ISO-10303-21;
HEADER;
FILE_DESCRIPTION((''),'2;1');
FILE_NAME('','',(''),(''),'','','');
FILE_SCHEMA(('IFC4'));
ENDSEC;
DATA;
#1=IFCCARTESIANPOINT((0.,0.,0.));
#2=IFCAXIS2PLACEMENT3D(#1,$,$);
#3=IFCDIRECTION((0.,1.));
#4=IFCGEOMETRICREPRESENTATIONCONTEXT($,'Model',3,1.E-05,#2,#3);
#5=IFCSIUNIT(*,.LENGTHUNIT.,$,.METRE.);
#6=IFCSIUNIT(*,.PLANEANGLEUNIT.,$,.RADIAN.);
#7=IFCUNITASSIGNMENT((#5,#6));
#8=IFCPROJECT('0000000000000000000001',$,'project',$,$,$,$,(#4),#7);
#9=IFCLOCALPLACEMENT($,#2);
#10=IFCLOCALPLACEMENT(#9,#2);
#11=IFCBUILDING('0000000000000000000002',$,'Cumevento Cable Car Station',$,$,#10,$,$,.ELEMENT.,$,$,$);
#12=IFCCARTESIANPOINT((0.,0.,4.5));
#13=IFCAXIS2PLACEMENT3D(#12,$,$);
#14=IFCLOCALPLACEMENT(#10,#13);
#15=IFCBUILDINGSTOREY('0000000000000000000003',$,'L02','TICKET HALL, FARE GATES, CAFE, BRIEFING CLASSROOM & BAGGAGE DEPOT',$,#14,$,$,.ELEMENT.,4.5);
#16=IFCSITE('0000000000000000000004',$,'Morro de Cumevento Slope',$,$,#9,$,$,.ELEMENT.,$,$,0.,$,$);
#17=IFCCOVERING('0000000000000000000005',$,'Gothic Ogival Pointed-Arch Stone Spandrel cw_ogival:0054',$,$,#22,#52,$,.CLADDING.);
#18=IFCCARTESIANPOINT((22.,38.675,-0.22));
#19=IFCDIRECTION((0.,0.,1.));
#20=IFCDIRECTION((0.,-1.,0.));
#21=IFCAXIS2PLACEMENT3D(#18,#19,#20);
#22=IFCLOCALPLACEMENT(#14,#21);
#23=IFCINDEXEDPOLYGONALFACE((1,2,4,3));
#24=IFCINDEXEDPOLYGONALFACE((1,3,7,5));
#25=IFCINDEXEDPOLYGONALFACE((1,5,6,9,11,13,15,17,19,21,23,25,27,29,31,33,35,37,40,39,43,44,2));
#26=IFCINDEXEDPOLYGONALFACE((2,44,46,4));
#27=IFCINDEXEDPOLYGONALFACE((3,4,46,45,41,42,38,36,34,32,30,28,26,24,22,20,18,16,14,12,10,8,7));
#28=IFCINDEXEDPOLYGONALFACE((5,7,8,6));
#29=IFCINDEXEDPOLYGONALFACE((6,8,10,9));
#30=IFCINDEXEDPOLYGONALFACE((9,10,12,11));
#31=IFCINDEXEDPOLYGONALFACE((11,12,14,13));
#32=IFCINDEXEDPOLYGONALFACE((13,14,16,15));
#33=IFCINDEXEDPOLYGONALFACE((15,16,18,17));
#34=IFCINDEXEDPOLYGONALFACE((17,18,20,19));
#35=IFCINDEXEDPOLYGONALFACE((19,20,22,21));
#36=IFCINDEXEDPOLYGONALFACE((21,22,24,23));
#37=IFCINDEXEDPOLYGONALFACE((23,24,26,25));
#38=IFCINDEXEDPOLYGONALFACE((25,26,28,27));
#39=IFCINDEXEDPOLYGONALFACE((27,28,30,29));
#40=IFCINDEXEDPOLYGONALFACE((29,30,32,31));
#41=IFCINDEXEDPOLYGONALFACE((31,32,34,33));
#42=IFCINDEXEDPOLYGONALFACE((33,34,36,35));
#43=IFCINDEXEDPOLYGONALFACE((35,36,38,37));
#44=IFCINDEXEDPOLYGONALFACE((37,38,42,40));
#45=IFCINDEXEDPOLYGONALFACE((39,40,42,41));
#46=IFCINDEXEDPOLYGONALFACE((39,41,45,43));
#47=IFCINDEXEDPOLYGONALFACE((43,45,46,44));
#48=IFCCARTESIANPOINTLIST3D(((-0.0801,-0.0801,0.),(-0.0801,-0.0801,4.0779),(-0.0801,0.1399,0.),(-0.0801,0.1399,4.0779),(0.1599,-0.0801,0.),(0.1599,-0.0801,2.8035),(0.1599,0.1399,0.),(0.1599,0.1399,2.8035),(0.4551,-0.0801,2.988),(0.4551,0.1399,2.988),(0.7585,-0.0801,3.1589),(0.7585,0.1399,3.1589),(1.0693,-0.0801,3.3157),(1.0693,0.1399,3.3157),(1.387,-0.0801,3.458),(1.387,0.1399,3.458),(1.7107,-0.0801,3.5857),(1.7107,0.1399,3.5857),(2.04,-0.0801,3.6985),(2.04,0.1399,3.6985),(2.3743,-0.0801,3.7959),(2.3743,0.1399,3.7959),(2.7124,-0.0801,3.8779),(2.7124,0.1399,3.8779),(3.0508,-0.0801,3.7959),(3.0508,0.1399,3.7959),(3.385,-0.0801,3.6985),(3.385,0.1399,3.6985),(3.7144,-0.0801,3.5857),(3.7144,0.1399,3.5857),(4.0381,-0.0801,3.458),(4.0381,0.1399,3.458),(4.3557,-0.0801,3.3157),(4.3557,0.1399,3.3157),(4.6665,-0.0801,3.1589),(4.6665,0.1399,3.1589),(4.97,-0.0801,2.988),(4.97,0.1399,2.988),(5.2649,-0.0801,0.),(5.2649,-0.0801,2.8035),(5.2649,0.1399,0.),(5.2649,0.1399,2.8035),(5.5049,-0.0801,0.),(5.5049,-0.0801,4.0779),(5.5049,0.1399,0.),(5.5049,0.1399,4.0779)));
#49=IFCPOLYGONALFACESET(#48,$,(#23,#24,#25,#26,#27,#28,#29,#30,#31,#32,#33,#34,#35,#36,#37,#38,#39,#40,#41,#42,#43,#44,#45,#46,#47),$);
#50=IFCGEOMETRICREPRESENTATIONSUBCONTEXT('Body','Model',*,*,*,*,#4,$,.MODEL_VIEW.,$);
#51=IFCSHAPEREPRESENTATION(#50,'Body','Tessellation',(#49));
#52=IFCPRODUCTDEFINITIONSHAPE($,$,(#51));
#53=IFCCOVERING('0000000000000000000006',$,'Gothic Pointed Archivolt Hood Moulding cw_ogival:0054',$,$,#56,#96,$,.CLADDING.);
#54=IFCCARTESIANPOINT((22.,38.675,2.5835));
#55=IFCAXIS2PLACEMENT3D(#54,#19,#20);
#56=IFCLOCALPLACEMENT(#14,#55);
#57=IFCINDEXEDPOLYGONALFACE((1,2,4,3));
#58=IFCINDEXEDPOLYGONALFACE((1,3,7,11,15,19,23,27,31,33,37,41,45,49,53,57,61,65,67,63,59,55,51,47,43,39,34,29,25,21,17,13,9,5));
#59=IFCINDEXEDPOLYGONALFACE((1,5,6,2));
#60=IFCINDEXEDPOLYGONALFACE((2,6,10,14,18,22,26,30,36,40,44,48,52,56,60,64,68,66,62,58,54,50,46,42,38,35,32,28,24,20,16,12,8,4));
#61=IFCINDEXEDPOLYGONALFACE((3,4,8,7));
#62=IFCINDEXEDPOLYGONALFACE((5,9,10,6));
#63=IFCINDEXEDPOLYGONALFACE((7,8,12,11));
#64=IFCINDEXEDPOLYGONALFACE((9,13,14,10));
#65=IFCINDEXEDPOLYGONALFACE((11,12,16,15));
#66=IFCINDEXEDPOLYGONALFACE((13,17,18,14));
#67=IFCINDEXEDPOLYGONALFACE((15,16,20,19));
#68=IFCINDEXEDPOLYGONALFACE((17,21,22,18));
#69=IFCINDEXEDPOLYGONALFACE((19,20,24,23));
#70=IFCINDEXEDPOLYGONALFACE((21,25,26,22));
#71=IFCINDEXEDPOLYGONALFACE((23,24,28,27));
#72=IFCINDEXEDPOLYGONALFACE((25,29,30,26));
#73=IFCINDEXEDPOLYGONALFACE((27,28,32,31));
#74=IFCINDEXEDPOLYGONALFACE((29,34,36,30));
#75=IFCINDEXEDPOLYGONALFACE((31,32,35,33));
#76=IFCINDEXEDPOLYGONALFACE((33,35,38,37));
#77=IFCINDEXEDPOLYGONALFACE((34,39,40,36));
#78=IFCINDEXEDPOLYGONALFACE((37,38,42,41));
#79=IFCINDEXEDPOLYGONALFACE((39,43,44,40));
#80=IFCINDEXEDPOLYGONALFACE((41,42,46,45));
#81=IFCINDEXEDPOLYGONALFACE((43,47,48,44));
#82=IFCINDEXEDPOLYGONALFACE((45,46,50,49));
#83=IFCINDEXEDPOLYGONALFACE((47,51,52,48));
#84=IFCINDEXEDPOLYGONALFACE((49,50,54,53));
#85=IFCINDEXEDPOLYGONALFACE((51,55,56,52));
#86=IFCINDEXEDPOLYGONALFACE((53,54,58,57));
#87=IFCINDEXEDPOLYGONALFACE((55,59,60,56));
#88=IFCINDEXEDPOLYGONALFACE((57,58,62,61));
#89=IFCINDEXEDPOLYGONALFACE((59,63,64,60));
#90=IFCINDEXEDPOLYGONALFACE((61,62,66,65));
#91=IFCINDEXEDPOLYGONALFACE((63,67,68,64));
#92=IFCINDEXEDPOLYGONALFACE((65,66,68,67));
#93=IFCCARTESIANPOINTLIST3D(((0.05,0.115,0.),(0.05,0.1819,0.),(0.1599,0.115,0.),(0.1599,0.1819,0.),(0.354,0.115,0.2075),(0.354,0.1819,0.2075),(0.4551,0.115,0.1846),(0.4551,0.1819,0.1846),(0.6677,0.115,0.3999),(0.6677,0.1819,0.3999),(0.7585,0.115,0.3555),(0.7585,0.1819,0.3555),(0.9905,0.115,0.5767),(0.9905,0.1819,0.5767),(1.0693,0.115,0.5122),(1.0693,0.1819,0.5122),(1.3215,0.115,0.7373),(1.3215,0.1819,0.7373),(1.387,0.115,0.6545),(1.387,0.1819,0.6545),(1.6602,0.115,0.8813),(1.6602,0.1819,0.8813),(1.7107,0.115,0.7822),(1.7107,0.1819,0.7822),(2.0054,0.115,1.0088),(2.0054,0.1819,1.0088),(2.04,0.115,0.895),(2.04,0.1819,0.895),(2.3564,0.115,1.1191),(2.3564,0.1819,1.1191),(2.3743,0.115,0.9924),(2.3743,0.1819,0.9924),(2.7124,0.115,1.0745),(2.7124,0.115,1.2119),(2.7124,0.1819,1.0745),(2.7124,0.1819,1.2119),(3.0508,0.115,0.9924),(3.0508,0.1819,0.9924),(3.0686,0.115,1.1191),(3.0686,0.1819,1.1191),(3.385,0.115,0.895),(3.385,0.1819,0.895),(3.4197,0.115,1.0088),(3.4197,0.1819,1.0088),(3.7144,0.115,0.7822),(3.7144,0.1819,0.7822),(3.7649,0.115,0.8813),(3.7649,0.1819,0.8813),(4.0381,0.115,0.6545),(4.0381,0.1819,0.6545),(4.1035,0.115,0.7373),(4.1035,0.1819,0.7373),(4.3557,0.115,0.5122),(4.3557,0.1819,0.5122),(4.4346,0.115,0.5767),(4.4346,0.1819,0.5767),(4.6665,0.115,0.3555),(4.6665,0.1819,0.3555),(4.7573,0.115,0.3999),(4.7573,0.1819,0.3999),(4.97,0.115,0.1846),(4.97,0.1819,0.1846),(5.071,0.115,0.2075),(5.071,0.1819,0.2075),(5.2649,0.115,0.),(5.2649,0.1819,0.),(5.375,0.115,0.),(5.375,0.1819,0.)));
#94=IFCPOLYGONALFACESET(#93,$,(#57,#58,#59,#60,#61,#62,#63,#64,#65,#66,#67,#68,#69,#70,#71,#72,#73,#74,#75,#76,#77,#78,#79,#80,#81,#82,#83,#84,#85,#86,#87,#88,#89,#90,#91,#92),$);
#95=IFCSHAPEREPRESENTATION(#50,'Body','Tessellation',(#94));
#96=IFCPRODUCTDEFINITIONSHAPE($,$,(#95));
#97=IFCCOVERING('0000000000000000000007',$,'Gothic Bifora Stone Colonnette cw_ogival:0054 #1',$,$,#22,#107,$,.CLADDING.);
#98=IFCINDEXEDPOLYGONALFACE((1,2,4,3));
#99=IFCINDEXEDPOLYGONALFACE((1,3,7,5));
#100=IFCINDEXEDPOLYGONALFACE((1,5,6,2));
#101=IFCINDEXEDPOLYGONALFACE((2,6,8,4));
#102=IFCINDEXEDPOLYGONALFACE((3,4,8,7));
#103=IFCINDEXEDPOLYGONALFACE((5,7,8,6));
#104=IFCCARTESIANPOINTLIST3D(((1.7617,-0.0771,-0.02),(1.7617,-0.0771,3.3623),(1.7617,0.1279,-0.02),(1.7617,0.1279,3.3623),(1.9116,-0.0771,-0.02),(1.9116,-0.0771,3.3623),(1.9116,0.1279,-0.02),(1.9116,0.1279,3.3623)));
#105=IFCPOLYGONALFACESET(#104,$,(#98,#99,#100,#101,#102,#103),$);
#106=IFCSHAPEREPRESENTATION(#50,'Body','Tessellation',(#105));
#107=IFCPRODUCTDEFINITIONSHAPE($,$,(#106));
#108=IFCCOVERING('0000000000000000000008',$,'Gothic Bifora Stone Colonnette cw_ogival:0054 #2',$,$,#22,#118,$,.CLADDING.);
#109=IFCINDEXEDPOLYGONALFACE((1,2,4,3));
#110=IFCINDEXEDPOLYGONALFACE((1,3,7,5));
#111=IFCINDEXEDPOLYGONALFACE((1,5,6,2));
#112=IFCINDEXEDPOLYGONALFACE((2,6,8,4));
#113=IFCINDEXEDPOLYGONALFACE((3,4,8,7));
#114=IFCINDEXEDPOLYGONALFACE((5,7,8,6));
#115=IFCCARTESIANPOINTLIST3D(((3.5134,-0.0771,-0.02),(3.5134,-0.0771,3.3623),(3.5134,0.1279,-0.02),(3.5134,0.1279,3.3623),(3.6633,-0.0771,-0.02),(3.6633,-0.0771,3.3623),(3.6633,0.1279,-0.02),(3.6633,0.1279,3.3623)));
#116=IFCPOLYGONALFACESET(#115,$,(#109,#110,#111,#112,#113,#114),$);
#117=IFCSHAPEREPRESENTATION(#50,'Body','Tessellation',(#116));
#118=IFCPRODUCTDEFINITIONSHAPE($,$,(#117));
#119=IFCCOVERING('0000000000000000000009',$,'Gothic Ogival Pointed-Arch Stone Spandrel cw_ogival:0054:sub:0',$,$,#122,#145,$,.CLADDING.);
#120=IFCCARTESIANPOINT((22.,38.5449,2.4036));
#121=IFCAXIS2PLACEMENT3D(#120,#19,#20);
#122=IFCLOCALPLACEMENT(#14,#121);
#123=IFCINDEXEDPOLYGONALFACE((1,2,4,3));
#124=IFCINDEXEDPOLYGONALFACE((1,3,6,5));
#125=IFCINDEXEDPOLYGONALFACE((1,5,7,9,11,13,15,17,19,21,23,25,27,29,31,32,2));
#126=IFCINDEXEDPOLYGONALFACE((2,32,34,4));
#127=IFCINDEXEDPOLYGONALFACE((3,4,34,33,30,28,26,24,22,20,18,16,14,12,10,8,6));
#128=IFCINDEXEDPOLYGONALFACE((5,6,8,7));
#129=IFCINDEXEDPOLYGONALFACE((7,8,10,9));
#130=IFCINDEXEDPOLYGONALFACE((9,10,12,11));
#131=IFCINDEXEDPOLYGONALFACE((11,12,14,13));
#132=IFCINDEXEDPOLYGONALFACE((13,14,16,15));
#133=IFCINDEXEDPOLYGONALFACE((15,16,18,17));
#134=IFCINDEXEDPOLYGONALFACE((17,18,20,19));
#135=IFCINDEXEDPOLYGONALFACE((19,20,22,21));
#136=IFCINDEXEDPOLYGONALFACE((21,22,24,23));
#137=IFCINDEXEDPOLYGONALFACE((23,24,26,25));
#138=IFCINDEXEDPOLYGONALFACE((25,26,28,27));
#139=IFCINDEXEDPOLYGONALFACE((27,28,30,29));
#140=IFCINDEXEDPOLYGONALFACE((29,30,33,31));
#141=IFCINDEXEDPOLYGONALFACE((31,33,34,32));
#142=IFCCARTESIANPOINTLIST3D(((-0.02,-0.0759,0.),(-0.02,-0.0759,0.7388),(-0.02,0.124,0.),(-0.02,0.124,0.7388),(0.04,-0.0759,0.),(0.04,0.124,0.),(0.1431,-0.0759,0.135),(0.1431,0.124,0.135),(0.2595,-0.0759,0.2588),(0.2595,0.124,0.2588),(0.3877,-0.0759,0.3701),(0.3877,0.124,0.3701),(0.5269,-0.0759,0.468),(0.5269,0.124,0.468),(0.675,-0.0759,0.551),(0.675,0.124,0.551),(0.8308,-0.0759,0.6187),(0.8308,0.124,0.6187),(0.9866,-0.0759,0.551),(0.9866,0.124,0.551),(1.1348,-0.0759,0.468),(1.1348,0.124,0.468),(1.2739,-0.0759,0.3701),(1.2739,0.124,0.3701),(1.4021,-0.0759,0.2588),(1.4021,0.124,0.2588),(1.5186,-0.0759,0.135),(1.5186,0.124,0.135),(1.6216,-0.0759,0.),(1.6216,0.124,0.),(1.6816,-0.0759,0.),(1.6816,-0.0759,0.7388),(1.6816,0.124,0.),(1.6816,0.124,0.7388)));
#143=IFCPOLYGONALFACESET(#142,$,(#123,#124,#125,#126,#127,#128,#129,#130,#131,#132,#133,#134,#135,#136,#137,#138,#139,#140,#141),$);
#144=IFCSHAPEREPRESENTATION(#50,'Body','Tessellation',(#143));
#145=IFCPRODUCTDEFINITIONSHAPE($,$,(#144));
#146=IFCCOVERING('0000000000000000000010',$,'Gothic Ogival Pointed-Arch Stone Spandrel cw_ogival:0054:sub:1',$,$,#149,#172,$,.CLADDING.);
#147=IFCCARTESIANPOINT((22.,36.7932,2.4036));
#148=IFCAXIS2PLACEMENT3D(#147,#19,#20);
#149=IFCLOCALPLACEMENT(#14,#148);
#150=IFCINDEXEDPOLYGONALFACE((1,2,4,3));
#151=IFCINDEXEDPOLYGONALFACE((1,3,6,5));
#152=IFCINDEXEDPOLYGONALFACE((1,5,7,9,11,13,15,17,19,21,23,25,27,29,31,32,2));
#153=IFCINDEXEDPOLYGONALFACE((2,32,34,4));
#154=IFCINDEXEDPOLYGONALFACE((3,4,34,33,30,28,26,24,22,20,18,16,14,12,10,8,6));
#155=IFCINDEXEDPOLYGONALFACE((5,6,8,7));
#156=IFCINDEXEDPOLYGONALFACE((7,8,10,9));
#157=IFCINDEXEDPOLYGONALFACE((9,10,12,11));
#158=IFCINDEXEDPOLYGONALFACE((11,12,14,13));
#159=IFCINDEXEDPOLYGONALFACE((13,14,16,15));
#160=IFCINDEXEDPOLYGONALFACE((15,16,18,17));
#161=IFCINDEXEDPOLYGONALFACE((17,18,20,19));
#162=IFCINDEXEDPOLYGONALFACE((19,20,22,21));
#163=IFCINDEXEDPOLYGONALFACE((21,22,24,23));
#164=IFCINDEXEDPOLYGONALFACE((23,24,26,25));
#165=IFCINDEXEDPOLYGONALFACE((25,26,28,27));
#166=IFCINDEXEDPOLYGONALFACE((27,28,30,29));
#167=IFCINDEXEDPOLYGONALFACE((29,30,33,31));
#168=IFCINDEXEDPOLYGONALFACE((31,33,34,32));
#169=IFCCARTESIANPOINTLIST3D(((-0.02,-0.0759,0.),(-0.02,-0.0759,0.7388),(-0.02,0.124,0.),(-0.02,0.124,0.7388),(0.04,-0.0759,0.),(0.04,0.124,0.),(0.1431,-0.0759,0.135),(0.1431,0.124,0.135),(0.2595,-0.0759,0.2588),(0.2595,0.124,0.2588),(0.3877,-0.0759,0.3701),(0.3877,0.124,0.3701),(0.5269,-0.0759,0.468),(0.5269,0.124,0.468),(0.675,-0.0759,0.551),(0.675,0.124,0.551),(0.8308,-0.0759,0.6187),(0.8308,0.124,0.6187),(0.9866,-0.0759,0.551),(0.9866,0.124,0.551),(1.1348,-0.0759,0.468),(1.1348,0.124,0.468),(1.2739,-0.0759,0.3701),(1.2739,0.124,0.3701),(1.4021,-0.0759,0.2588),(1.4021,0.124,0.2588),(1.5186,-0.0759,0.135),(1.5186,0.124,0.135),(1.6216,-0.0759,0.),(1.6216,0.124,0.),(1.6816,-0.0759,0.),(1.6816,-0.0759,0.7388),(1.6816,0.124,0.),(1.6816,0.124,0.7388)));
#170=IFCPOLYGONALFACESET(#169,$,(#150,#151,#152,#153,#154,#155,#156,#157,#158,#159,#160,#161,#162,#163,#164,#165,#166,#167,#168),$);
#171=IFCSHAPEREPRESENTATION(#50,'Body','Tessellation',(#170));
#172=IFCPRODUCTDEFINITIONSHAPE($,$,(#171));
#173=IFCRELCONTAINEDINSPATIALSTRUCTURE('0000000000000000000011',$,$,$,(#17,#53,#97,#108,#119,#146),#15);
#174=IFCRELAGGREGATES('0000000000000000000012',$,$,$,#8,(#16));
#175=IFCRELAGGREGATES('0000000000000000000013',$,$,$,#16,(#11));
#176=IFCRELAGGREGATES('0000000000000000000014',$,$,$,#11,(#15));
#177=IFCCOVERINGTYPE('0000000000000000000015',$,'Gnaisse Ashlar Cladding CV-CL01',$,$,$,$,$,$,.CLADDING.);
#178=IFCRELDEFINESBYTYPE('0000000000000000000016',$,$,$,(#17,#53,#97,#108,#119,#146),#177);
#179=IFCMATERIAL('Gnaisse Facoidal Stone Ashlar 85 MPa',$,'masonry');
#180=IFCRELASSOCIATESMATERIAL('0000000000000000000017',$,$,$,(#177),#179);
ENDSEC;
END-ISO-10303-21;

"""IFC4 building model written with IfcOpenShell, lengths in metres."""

from ifc_helpers import new_model, si_unit, direction, frame, origin, place, context, subcontext, project, spatial, polyline, outline, extrude, material, type_object, element, save


model = new_model("IFC4")

# Units and contexts
model_context = context("Model", 3, precision=1e-05, world=origin(), true_north=direction((0.0, 1.0)))
body_context = subcontext(model_context, "Body", "Model", "MODEL_VIEW")
ifc_project = project(units=[si_unit("LENGTHUNIT", "METRE"), si_unit("PLANEANGLEUNIT", "RADIAN")], contexts=[model_context])

# Site, building, storey
site_placement = place(None, origin())
site = spatial("IfcSite", under=ifc_project, at=site_placement, Name="Morro de Cumevento Slope", CompositionType="ELEMENT", RefElevation=0.0)
building_placement = place(site_placement, origin())
building = spatial("IfcBuilding", under=site, at=building_placement, Name="Cumevento Cable Car Station", CompositionType="ELEMENT")
storey_placement = place(building_placement, frame((0.0, 0.0, 4.5)))
storey = spatial("IfcBuildingStorey", under=building, at=storey_placement, Name="L02", Description="TICKET HALL, FARE GATES, CAFE, BRIEFING CLASSROOM & BAGGAGE DEPOT", CompositionType="ELEMENT", Elevation=4.5)

# Coverings
ifc_material_1 = material(Name="Gnaisse Facoidal Stone Ashlar 85 MPa", Category="masonry")
covering_type = type_object("IfcCoveringType", Name="Gnaisse Ashlar Cladding CV-CL01", PredefinedType="CLADDING", material=ifc_material_1)
placement = place(storey_placement, frame((22.0, 38.675, -0.22), z_axis=(0.0, 0.0, 1.0), x_axis=(0.0, -1.0, 0.0)))
element("IfcCovering", 1, at=placement, inside=storey, type_object=covering_type, Name="Gothic Ogival Pointed-Arch Stone Spandrel cw_ogival:0054", PredefinedType="CLADDING", context=body_context, shape_type="SweptSolid", body=[
    extrude(outline(polyline([(-0.0801, 0.0), (-0.0801, 4.0779), (5.5049, 4.0779), (5.5049, 0.0), (5.2649, 0.0), (5.2649, 2.8035), (4.97, 2.988), (4.6665, 3.1589), (4.3557, 3.3157), (4.0381, 3.458), (3.7144, 3.5857), (3.385, 3.6985), (3.0508, 3.7959), (2.7124, 3.8779), (2.3743, 3.7959), (2.04, 3.6985), (1.7107, 3.5857), (1.387, 3.458), (1.0693, 3.3157), (0.7585, 3.1589), (0.4551, 2.988), (0.1599, 2.8035), (0.1599, 0.0), (-0.0801, 0.0)])), frame((0.0, 0.1399, 0.0), z_axis=(0.0, -1.0, 0.0), x_axis=(1.0, 0.0, 0.0)), (0.0, 0.0, 1.0), 0.22),
])
covering_1_placement = place(storey_placement, frame((22.0, 38.675, 2.5835), z_axis=(0.0, 0.0, 1.0), x_axis=(0.0, -1.0, 0.0)))
element("IfcCovering", 2, at=covering_1_placement, inside=storey, type_object=covering_type, Name="Gothic Pointed Archivolt Hood Moulding cw_ogival:0054", PredefinedType="CLADDING", context=body_context, shape_type="SweptSolid", body=[
    extrude(outline(polyline([(0.1599, 0.0), (0.4551, 0.1846), (0.7585, 0.3555), (1.0693, 0.5122), (1.387, 0.6545), (1.7107, 0.7822), (2.04, 0.895), (2.3743, 0.9924), (2.7124, 1.0745), (3.0508, 0.9924), (3.385, 0.895), (3.7144, 0.7822), (4.0381, 0.6545), (4.3557, 0.5122), (4.6665, 0.3555), (4.97, 0.1846), (5.2649, 0.0), (5.375, 0.0), (5.071, 0.2075), (4.7573, 0.3999), (4.4346, 0.5767), (4.1035, 0.7373), (3.7649, 0.8813), (3.4197, 1.0088), (3.0686, 1.1191), (2.7124, 1.2119), (2.3564, 1.1191), (2.0054, 1.0088), (1.6602, 0.8813), (1.3215, 0.7373), (0.9905, 0.5767), (0.6677, 0.3999), (0.354, 0.2075), (0.05, 0.0), (0.1599, 0.0)])), frame((0.0, 0.1819, 0.0), z_axis=(0.0, -1.0, 0.0), x_axis=(1.0, 0.0, 0.0)), (0.0, 0.0, 1.0), 0.0669),
])
element("IfcCovering", 3, at=placement, inside=storey, type_object=covering_type, Name="Gothic Bifora Stone Colonnette cw_ogival:0054 #1", PredefinedType="CLADDING", context=body_context, shape_type="SweptSolid", body=[
    extrude(outline(polyline([(1.7617, -0.02), (1.9116, -0.02), (1.9116, 3.3623), (1.7617, 3.3623), (1.7617, -0.02)])), frame((0.0, 0.1279, 0.0), z_axis=(0.0, -1.0, 0.0), x_axis=(1.0, 0.0, 0.0)), (0.0, 0.0, 1.0), 0.2051),
])
element("IfcCovering", 4, at=placement, inside=storey, type_object=covering_type, Name="Gothic Bifora Stone Colonnette cw_ogival:0054 #2", PredefinedType="CLADDING", context=body_context, shape_type="SweptSolid", body=[
    extrude(outline(polyline([(3.5134, -0.02), (3.6633, -0.02), (3.6633, 3.3623), (3.5134, 3.3623), (3.5134, -0.02)])), frame((0.0, 0.1279, 0.0), z_axis=(0.0, -1.0, 0.0), x_axis=(1.0, 0.0, 0.0)), (0.0, 0.0, 1.0), 0.2051),
])
for number, where, z_axis, x_axis, name in (
    (5, (22.0, 38.5449, 2.4036), (0.0, 0.0, 1.0), (0.0, -1.0, 0.0), "Gothic Ogival Pointed-Arch Stone Spandrel cw_ogival:0054:sub:0"),
    (6, (22.0, 36.7932, 2.4036), (0.0, 0.0, 1.0), (0.0, -1.0, 0.0), "Gothic Ogival Pointed-Arch Stone Spandrel cw_ogival:0054:sub:1"),
):
    element("IfcCovering", number, at=place(storey_placement, frame(where, z_axis=z_axis, x_axis=x_axis)), inside=storey, type_object=covering_type, Name=name, PredefinedType="CLADDING", context=body_context, shape_type="SweptSolid", body=[
        extrude(outline(polyline([(-0.02, 0.0), (-0.02, 0.7388), (1.6816, 0.7388), (1.6816, 0.0), (1.6216, 0.0), (1.5186, 0.135), (1.4021, 0.2588), (1.2739, 0.3701), (1.1348, 0.468), (0.9866, 0.551), (0.8308, 0.6187), (0.675, 0.551), (0.5269, 0.468), (0.3877, 0.3701), (0.2595, 0.2588), (0.1431, 0.135), (0.04, 0.0), (-0.02, 0.0)])), frame((0.0, 0.124, 0.0), z_axis=(0.0, -1.0, 0.0), x_axis=(1.0, 0.0, 0.0)), (0.0, 0.0, 1.0), 0.2),
    ])

save(model, "model.ifc")
